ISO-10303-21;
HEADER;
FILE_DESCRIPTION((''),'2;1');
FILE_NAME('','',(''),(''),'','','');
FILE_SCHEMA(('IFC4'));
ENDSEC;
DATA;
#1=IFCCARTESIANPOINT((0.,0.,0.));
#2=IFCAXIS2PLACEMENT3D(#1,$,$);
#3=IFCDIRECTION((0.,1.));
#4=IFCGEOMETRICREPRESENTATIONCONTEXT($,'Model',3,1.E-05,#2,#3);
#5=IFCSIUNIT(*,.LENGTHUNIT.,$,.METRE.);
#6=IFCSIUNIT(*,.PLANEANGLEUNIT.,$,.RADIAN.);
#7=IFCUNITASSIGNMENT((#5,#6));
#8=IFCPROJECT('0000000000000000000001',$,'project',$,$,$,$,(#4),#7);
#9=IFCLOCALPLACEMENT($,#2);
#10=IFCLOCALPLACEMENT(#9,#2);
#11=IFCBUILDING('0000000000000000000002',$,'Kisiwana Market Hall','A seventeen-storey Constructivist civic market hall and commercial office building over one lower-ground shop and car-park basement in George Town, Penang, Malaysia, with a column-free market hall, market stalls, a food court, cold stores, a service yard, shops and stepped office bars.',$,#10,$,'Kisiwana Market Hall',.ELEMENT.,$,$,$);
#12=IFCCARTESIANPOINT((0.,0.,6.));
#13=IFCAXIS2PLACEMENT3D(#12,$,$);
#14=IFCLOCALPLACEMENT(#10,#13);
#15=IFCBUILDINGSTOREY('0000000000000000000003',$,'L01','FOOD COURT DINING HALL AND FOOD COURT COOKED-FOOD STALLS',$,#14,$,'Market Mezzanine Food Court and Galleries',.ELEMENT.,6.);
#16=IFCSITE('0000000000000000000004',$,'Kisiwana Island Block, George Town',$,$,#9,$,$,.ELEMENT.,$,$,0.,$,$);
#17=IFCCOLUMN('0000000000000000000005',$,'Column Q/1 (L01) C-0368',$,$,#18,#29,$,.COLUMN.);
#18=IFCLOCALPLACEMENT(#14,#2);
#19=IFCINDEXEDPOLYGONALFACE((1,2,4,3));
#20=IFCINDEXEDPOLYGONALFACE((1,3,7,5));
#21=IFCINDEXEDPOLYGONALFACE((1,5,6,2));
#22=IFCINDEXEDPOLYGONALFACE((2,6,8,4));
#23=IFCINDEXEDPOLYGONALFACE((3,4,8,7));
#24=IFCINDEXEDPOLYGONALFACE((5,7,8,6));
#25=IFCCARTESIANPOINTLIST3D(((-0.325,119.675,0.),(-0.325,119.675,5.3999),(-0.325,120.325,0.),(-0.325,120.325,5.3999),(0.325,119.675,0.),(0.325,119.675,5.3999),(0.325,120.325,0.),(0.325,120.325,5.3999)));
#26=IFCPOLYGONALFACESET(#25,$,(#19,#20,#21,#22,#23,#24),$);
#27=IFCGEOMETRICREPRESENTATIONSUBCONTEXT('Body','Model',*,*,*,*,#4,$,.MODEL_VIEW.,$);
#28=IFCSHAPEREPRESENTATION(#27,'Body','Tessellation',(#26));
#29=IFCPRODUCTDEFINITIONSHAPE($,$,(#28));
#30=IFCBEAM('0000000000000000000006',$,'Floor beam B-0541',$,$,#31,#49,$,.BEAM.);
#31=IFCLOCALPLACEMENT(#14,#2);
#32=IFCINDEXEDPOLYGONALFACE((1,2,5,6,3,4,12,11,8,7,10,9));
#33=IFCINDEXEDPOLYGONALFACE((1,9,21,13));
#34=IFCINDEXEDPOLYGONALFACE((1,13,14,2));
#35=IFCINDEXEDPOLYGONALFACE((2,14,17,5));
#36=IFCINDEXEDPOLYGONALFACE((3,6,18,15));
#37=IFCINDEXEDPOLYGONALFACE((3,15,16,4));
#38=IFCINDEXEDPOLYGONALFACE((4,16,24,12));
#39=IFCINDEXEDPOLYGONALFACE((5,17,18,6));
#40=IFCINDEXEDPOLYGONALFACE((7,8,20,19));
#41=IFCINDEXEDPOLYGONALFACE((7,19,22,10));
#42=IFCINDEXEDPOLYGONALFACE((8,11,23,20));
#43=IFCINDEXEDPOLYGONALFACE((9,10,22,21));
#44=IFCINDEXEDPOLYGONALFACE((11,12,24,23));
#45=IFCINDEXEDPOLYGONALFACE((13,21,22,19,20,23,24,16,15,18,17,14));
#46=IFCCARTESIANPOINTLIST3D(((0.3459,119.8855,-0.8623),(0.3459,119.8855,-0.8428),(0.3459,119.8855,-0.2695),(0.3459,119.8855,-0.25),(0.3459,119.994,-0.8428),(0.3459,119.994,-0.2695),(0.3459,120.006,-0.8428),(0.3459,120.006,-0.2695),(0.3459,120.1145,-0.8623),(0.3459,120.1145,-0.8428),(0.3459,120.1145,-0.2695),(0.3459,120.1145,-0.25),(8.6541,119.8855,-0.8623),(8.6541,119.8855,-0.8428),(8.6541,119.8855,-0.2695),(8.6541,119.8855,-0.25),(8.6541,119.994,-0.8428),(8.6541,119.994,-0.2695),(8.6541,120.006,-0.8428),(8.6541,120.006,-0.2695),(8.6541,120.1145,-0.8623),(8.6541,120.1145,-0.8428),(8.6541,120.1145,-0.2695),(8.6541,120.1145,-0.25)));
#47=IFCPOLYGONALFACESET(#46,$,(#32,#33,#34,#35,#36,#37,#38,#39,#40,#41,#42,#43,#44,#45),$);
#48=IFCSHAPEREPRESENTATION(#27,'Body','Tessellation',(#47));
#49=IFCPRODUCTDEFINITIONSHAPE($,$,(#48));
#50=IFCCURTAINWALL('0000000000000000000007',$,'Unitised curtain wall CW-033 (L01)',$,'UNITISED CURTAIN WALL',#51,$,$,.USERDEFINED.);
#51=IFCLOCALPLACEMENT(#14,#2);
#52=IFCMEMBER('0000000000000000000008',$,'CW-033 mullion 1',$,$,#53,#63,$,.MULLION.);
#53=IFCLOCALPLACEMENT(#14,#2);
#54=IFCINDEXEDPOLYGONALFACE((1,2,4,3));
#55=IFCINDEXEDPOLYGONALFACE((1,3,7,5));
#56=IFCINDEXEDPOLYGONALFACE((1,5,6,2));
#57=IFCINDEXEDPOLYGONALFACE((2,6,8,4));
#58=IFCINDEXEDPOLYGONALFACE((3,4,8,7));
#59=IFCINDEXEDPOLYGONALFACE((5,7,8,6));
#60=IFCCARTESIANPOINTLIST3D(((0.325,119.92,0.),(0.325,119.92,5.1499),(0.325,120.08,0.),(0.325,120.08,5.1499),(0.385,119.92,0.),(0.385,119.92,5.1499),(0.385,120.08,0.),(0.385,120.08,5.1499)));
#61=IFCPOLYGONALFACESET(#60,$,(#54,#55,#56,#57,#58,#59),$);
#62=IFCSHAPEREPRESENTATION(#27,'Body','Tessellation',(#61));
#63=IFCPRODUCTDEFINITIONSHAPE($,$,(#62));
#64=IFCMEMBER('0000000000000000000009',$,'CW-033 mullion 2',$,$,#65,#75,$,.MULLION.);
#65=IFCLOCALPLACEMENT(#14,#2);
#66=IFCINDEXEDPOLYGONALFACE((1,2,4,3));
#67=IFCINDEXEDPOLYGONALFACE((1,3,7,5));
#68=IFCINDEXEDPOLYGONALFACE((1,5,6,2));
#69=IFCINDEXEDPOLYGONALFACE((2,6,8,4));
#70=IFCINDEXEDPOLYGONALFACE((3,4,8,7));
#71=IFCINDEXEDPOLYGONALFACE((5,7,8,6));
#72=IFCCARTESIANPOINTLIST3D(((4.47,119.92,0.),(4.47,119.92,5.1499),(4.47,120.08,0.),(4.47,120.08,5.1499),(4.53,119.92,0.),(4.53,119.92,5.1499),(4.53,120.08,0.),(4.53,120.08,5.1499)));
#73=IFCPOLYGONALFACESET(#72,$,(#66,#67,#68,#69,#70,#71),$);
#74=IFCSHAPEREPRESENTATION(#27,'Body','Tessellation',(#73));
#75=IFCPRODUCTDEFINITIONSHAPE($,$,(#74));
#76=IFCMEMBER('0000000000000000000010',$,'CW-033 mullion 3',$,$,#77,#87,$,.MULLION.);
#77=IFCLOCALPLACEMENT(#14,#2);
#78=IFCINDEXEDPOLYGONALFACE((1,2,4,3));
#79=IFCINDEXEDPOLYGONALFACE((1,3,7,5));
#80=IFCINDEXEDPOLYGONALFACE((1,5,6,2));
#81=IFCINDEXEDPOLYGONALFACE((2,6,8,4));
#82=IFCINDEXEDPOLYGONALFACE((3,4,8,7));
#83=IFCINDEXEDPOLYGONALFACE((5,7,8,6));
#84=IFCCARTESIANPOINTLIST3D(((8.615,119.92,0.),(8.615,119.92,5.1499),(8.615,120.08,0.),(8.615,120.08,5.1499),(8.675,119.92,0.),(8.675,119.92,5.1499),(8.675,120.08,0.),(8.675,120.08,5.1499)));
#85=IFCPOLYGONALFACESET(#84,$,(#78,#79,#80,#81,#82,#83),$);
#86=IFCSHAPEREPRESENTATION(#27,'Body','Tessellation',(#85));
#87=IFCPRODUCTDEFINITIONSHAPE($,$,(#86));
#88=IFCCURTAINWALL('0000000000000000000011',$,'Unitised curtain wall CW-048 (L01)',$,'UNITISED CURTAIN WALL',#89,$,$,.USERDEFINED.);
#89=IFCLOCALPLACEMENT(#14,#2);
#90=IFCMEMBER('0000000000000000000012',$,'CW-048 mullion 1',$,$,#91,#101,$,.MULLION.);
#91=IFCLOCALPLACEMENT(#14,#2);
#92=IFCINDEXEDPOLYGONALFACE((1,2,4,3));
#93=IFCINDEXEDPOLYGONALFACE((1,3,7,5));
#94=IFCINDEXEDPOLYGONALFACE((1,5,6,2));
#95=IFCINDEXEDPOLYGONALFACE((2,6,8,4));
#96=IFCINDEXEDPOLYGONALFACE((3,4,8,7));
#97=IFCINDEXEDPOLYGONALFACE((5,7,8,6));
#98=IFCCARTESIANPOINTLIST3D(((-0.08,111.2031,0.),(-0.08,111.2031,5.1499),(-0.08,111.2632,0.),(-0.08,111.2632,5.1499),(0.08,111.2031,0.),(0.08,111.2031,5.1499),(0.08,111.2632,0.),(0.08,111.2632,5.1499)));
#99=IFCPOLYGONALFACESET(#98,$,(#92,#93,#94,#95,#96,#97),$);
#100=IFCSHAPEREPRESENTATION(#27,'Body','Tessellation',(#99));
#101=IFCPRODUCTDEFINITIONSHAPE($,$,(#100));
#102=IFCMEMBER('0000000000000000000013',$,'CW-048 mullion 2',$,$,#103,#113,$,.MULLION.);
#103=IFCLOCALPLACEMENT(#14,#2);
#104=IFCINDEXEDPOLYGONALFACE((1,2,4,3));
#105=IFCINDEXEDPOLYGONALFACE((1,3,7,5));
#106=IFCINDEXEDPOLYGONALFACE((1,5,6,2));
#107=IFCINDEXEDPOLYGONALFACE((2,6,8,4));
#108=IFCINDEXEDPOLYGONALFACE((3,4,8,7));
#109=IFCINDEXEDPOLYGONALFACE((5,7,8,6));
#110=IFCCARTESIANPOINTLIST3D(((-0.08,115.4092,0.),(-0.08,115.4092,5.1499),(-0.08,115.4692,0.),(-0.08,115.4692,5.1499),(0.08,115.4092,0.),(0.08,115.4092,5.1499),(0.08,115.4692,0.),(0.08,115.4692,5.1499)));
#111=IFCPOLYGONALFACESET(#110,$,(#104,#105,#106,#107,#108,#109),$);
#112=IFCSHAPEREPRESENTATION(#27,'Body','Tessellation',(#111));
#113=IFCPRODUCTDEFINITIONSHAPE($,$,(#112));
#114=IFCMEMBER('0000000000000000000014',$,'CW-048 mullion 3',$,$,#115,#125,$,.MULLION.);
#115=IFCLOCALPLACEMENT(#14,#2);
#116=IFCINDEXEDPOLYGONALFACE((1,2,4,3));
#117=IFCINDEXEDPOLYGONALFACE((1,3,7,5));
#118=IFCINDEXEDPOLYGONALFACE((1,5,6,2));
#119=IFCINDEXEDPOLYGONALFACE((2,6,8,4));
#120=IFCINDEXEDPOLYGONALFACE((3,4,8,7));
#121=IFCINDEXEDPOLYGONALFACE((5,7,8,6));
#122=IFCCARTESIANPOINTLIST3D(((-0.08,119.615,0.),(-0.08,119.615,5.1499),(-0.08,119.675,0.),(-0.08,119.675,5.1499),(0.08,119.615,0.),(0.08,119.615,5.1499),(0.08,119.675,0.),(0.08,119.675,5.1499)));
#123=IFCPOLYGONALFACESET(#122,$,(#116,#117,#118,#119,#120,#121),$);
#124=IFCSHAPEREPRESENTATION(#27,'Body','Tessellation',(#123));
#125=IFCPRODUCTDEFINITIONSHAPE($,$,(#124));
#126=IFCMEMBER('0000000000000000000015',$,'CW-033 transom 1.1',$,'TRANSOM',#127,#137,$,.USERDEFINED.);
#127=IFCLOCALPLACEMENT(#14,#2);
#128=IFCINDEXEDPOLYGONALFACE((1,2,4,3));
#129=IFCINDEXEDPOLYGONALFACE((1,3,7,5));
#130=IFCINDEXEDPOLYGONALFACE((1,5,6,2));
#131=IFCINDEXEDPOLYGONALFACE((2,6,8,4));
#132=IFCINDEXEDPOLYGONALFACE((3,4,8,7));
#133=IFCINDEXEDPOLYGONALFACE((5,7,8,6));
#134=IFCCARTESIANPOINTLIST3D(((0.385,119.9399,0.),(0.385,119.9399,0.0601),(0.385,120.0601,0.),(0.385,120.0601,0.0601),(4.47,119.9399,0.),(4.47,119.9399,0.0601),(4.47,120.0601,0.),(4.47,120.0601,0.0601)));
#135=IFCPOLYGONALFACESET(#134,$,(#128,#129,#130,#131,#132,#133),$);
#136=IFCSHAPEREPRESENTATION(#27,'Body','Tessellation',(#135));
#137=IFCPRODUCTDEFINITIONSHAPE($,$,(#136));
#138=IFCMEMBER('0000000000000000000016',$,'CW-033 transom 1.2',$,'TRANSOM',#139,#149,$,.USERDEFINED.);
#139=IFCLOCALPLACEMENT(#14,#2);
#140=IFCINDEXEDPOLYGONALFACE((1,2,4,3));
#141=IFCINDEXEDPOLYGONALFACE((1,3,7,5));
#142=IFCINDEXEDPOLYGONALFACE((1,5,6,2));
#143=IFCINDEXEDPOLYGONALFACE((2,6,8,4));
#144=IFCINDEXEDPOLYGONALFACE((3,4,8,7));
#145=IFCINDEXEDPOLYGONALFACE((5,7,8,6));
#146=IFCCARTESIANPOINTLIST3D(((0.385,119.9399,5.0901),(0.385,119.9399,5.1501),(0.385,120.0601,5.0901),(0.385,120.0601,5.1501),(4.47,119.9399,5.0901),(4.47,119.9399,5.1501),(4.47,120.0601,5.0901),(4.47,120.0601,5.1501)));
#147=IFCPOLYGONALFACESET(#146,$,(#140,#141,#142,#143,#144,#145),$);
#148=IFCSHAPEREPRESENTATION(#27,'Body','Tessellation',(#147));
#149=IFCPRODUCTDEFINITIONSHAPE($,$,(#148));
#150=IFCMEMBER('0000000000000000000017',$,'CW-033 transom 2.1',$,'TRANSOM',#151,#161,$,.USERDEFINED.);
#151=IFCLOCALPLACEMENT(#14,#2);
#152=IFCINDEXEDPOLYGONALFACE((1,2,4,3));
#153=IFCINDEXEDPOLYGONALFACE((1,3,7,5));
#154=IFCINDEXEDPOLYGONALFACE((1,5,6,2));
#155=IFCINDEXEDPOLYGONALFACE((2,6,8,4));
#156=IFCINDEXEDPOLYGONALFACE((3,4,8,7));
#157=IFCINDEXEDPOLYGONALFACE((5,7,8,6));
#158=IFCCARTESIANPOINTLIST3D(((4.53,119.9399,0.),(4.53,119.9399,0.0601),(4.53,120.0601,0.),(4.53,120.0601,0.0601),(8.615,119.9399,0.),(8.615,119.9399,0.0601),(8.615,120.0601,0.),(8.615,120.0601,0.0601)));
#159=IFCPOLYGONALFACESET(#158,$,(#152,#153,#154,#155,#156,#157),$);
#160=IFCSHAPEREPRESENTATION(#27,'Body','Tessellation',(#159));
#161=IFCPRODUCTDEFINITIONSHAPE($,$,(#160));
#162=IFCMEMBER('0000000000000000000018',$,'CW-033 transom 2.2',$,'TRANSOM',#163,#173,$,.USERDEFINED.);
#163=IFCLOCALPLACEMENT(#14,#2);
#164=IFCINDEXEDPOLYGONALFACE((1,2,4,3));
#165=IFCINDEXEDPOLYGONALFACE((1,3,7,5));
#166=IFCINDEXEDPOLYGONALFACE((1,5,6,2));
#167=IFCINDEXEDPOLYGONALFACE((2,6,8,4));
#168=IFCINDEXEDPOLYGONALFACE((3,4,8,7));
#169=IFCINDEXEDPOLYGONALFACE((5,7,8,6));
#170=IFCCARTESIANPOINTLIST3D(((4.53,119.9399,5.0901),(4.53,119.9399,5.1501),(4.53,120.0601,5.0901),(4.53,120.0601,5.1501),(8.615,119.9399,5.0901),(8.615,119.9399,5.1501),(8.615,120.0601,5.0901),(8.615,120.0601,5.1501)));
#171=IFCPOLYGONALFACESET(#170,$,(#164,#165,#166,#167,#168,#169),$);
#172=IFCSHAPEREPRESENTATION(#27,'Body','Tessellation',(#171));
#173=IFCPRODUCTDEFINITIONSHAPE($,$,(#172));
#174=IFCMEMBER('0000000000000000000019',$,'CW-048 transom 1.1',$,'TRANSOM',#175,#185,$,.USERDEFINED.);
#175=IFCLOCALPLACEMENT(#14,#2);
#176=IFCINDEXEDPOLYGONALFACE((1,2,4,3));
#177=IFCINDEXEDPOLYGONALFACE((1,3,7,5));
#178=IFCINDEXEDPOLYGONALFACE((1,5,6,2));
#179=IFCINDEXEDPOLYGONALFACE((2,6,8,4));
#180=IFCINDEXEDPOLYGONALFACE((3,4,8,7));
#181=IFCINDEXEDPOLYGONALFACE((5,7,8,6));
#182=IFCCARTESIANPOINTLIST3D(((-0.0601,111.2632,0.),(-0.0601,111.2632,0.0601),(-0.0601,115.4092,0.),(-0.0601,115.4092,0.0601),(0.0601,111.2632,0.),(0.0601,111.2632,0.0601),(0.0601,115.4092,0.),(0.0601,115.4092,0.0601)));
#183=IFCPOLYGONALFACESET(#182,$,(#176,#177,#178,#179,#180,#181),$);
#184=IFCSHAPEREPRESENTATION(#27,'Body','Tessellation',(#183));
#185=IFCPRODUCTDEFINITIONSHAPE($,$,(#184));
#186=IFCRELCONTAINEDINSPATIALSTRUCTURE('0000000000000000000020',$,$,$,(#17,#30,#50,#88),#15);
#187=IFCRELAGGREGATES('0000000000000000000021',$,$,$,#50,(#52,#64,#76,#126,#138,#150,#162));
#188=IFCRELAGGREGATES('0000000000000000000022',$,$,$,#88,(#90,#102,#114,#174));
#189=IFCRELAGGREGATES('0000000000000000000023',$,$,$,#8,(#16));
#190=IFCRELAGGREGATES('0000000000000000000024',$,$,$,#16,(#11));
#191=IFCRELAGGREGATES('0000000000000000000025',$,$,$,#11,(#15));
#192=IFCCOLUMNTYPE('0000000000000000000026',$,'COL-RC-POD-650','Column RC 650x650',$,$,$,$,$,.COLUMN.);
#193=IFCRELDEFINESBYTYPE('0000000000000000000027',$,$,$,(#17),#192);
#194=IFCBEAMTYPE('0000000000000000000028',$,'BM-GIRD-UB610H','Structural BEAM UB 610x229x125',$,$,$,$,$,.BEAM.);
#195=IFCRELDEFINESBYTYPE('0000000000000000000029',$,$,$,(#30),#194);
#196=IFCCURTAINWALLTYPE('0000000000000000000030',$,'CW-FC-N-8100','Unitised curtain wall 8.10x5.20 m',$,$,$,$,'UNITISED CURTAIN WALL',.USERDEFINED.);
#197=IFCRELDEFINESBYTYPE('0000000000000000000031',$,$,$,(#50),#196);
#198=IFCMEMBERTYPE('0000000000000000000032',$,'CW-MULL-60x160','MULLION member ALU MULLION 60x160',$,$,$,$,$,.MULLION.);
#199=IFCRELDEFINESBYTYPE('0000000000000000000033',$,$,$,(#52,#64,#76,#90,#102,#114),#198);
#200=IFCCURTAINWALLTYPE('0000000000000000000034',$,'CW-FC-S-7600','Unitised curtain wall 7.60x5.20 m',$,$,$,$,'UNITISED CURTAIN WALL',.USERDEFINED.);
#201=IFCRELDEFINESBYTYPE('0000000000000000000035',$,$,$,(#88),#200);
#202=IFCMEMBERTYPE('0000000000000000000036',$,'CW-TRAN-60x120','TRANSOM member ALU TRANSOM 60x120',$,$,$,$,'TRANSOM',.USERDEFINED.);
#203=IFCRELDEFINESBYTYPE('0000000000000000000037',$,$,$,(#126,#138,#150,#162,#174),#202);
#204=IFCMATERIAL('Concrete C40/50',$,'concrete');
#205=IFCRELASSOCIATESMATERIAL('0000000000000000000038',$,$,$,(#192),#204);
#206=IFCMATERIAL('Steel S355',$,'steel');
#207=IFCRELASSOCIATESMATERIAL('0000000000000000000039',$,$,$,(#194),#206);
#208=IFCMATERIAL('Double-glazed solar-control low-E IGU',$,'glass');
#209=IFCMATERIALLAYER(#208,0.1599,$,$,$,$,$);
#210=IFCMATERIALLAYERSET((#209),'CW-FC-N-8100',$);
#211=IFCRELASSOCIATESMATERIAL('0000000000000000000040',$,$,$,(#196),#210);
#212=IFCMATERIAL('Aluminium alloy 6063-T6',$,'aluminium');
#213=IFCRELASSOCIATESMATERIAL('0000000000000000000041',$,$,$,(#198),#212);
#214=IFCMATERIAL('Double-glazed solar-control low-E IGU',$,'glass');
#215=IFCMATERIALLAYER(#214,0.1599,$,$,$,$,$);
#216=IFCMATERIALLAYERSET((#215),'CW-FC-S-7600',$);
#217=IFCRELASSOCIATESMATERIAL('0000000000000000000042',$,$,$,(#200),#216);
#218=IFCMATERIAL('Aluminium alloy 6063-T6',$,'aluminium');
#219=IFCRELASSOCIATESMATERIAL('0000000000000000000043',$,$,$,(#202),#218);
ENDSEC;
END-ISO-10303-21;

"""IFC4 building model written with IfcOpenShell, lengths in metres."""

from ifc_helpers import new_model, si_unit, direction, frame, origin, origin_2d, place, context, subcontext, project, spatial, rectangle, i_section, extrude, material, layer, layer_set, material_profile, profile_set, type_object, element, aggregate, save


model = new_model("IFC4")

# Units and contexts
model_context = context("Model", 3, precision=1e-05, world=origin(), true_north=direction((0.0, 1.0)))
body_context = subcontext(model_context, "Body", "Model", "MODEL_VIEW")
ifc_project = project(units=[si_unit("LENGTHUNIT", "METRE"), si_unit("PLANEANGLEUNIT", "RADIAN")], contexts=[model_context])

# Site, building, storey
site_placement = place(None, origin())
site = spatial("IfcSite", under=ifc_project, at=site_placement, Name="Kisiwana Island Block, George Town", CompositionType="ELEMENT", RefElevation=0.0)
building_placement = place(site_placement, origin())
building = spatial("IfcBuilding", under=site, at=building_placement, Name="Kisiwana Market Hall", Description="A seventeen-storey Constructivist civic market hall and commercial office building over one lower-ground shop and car-park basement in George Town, Penang, Malaysia, with a column-free market hall, market stalls, a food court, cold stores, a service yard, shops and stepped office bars.", LongName="Kisiwana Market Hall", CompositionType="ELEMENT")
storey_placement = place(building_placement, frame((0.0, 0.0, 6.0)))
storey = spatial("IfcBuildingStorey", under=building, at=storey_placement, Name="L01", Description="FOOD COURT DINING HALL AND FOOD COURT COOKED-FOOD STALLS", LongName="Market Mezzanine Food Court and Galleries", CompositionType="ELEMENT", Elevation=6.0)

# Column
ifc_material_1 = material(Name="Concrete C40/50", Category="concrete")
ifc_material_profile_1 = material_profile(ifc_material_1, rectangle(XDim=0.6499, YDim=0.6499, at=origin_2d()), Name="RC 650x650")
ifc_profile_set_1 = profile_set([ifc_material_profile_1], Name="Concrete C40/50")
column_type = type_object("IfcColumnType", Name="COL-RC-POD-650", Description="Column RC 650x650", PredefinedType="COLUMN", material=ifc_profile_set_1)
column_placement = place(storey_placement, frame((0.0, 120.0, 0.0), z_axis=(0.0, 0.0, 1.0), x_axis=(1.0, 0.0, 0.0)))
element("IfcColumn", 1, at=column_placement, inside=storey, type_object=column_type, Name="Column Q/1 (L01) C-0368", PredefinedType="COLUMN", context=body_context, shape_type="SweptSolid", body=[
    extrude(rectangle(XDim=0.6499, YDim=0.6499, at=origin_2d()), origin(), (0.0, 0.0, 1.0), 5.3999),
])

# Beam
ifc_material_2 = material(Name="Steel S355", Category="steel")
ifc_material_profile_2 = material_profile(ifc_material_2, i_section(OverallWidth=0.229, OverallDepth=0.6123, WebThickness=0.012, FlangeThickness=0.0195, at=origin_2d()), Name="UB 610x229x125")
ifc_profile_set_2 = profile_set([ifc_material_profile_2], Name="Steel S355")
beam_type = type_object("IfcBeamType", Name="BM-GIRD-UB610H", Description="Structural BEAM UB 610x229x125", PredefinedType="BEAM", material=ifc_profile_set_2)
beam_placement = place(storey_placement, frame((0.3459, 120.0, -0.5562), z_axis=(1.0, 0.0, 0.0), x_axis=(0.0, 1.0, 0.0)))
element("IfcBeam", 2, at=beam_placement, inside=storey, type_object=beam_type, Name="Floor beam B-0541", PredefinedType="BEAM", context=body_context, shape_type="SweptSolid", body=[
    extrude(i_section(OverallWidth=0.229, OverallDepth=0.6123, WebThickness=0.012, FlangeThickness=0.0195, at=origin_2d()), origin(), (0.0, 0.0, 1.0), 8.3081),
])

# Curtain walls, members
ifc_material_3 = material(Name="Double-glazed solar-control low-E IGU", Category="glass")
ifc_layer_1 = layer(ifc_material_3, 0.1599)
ifc_layer_set_1 = layer_set([ifc_layer_1], Name="CW-FC-N-8100")
curtain_wall_type_1 = type_object("IfcCurtainWallType", Name="CW-FC-N-8100", Description="Unitised curtain wall 8.10x5.20 m", ElementType="UNITISED CURTAIN WALL", PredefinedType="USERDEFINED", material=ifc_layer_set_1)
curtain_wall_1_placement = place(storey_placement, origin())
curtain_wall_1 = element("IfcCurtainWall", 3, at=curtain_wall_1_placement, inside=storey, type_object=curtain_wall_type_1, Name="Unitised curtain wall CW-033 (L01)", ObjectType="UNITISED CURTAIN WALL", PredefinedType="USERDEFINED")
ifc_material_4 = material(Name="Aluminium alloy 6063-T6", Category="aluminium")
ifc_material_profile_3 = material_profile(ifc_material_4, rectangle(XDim=0.0601, YDim=0.1599, at=origin_2d()), Name="ALU MULLION 60x160")
ifc_profile_set_3 = profile_set([ifc_material_profile_3], Name="Aluminium alloy 6063-T6")
member_type_1 = type_object("IfcMemberType", Name="CW-MULL-60x160", Description="MULLION member ALU MULLION 60x160", PredefinedType="MULLION", material=ifc_profile_set_3)
member_1_placement = place(storey_placement, frame((0.355, 120.0, 0.0), z_axis=(0.0, 0.0, 1.0), x_axis=(1.0, 0.0, 0.0)))
member_1 = element("IfcMember", 4, at=member_1_placement, type_object=member_type_1, Name="CW-033 mullion 1", PredefinedType="MULLION", context=body_context, shape_type="SweptSolid", body=[
    extrude(rectangle(XDim=0.0601, YDim=0.1599, at=origin_2d()), origin(), (0.0, 0.0, 1.0), 5.1499),
])
member_2_placement = place(storey_placement, frame((4.5, 120.0, 0.0), z_axis=(0.0, 0.0, 1.0), x_axis=(1.0, 0.0, 0.0)))
member_2 = element("IfcMember", 5, at=member_2_placement, type_object=member_type_1, Name="CW-033 mullion 2", PredefinedType="MULLION", context=body_context, shape_type="SweptSolid", body=[
    extrude(rectangle(XDim=0.0601, YDim=0.1599, at=origin_2d()), origin(), (0.0, 0.0, 1.0), 5.1499),
])
member_3_placement = place(storey_placement, frame((8.645, 120.0, 0.0), z_axis=(0.0, 0.0, 1.0), x_axis=(1.0, 0.0, 0.0)))
member_3 = element("IfcMember", 6, at=member_3_placement, type_object=member_type_1, Name="CW-033 mullion 3", PredefinedType="MULLION", context=body_context, shape_type="SweptSolid", body=[
    extrude(rectangle(XDim=0.0601, YDim=0.1599, at=origin_2d()), origin(), (0.0, 0.0, 1.0), 5.1499),
])
ifc_material_5 = material(Name="Double-glazed solar-control low-E IGU", Category="glass")
ifc_layer_2 = layer(ifc_material_5, 0.1599)
ifc_layer_set_2 = layer_set([ifc_layer_2], Name="CW-FC-S-7600")
curtain_wall_type_2 = type_object("IfcCurtainWallType", Name="CW-FC-S-7600", Description="Unitised curtain wall 7.60x5.20 m", ElementType="UNITISED CURTAIN WALL", PredefinedType="USERDEFINED", material=ifc_layer_set_2)
curtain_wall_2_placement = place(storey_placement, origin())
curtain_wall_2 = element("IfcCurtainWall", 7, at=curtain_wall_2_placement, inside=storey, type_object=curtain_wall_type_2, Name="Unitised curtain wall CW-048 (L01)", ObjectType="UNITISED CURTAIN WALL", PredefinedType="USERDEFINED")
member_4_placement = place(storey_placement, frame((0.0, 111.2332, 0.0), z_axis=(0.0, 0.0, 1.0), x_axis=(0.0, 1.0, 0.0)))
member_4 = element("IfcMember", 8, at=member_4_placement, type_object=member_type_1, Name="CW-048 mullion 1", PredefinedType="MULLION", context=body_context, shape_type="SweptSolid", body=[
    extrude(rectangle(XDim=0.0601, YDim=0.1599, at=origin_2d()), origin(), (0.0, 0.0, 1.0), 5.1499),
])
member_5_placement = place(storey_placement, frame((0.0, 115.4392, 0.0), z_axis=(0.0, 0.0, 1.0), x_axis=(0.0, 1.0, 0.0)))
member_5 = element("IfcMember", 9, at=member_5_placement, type_object=member_type_1, Name="CW-048 mullion 2", PredefinedType="MULLION", context=body_context, shape_type="SweptSolid", body=[
    extrude(rectangle(XDim=0.0601, YDim=0.1599, at=origin_2d()), origin(), (0.0, 0.0, 1.0), 5.1499),
])
member_6_placement = place(storey_placement, frame((0.0, 119.645, 0.0), z_axis=(0.0, 0.0, 1.0), x_axis=(0.0, 1.0, 0.0)))
member_6 = element("IfcMember", 10, at=member_6_placement, type_object=member_type_1, Name="CW-048 mullion 3", PredefinedType="MULLION", context=body_context, shape_type="SweptSolid", body=[
    extrude(rectangle(XDim=0.0601, YDim=0.1599, at=origin_2d()), origin(), (0.0, 0.0, 1.0), 5.1499),
])

# Members
ifc_material_6 = material(Name="Aluminium alloy 6063-T6", Category="aluminium")
ifc_material_profile_4 = material_profile(ifc_material_6, rectangle(XDim=0.1201, YDim=0.0601, at=origin_2d()), Name="ALU TRANSOM 60x120")
ifc_profile_set_4 = profile_set([ifc_material_profile_4], Name="Aluminium alloy 6063-T6")
member_type_2 = type_object("IfcMemberType", Name="CW-TRAN-60x120", Description="TRANSOM member ALU TRANSOM 60x120", ElementType="TRANSOM", PredefinedType="USERDEFINED", material=ifc_profile_set_4)
member_7_placement = place(storey_placement, frame((0.385, 120.0, 0.03), z_axis=(1.0, 0.0, 0.0), x_axis=(0.0, 1.0, 0.0)))
member_7 = element("IfcMember", 11, at=member_7_placement, type_object=member_type_2, Name="CW-033 transom 1.1", ObjectType="TRANSOM", PredefinedType="USERDEFINED", context=body_context, shape_type="SweptSolid", body=[
    extrude(rectangle(XDim=0.1201, YDim=0.0601, at=origin_2d()), origin(), (0.0, 0.0, 1.0), 4.085),
])
member_8_placement = place(storey_placement, frame((0.385, 120.0, 5.1201), z_axis=(1.0, 0.0, 0.0), x_axis=(0.0, 1.0, 0.0)))
member_8 = element("IfcMember", 12, at=member_8_placement, type_object=member_type_2, Name="CW-033 transom 1.2", ObjectType="TRANSOM", PredefinedType="USERDEFINED", context=body_context, shape_type="SweptSolid", body=[
    extrude(rectangle(XDim=0.1201, YDim=0.0601, at=origin_2d()), origin(), (0.0, 0.0, 1.0), 4.085),
])
member_9_placement = place(storey_placement, frame((4.53, 120.0, 0.03), z_axis=(1.0, 0.0, 0.0), x_axis=(0.0, 1.0, 0.0)))
member_9 = element("IfcMember", 13, at=member_9_placement, type_object=member_type_2, Name="CW-033 transom 2.1", ObjectType="TRANSOM", PredefinedType="USERDEFINED", context=body_context, shape_type="SweptSolid", body=[
    extrude(rectangle(XDim=0.1201, YDim=0.0601, at=origin_2d()), origin(), (0.0, 0.0, 1.0), 4.085),
])
member_10_placement = place(storey_placement, frame((4.53, 120.0, 5.1201), z_axis=(1.0, 0.0, 0.0), x_axis=(0.0, 1.0, 0.0)))
member_10 = element("IfcMember", 14, at=member_10_placement, type_object=member_type_2, Name="CW-033 transom 2.2", ObjectType="TRANSOM", PredefinedType="USERDEFINED", context=body_context, shape_type="SweptSolid", body=[
    extrude(rectangle(XDim=0.1201, YDim=0.0601, at=origin_2d()), origin(), (0.0, 0.0, 1.0), 4.085),
])
member_11_placement = place(storey_placement, frame((0.0, 111.2632, 0.03), z_axis=(0.0, 1.0, 0.0), x_axis=(-1.0, 0.0, 0.0)))
member_11 = element("IfcMember", 15, at=member_11_placement, type_object=member_type_2, Name="CW-048 transom 1.1", ObjectType="TRANSOM", PredefinedType="USERDEFINED", context=body_context, shape_type="SweptSolid", body=[
    extrude(rectangle(XDim=0.1201, YDim=0.0601, at=origin_2d()), origin(), (0.0, 0.0, 1.0), 4.146),
])

aggregate(curtain_wall_1, [member_1, member_2, member_3, member_7, member_8, member_9, member_10])
aggregate(curtain_wall_2, [member_4, member_5, member_6, member_11])

save(model, "model.ifc")
